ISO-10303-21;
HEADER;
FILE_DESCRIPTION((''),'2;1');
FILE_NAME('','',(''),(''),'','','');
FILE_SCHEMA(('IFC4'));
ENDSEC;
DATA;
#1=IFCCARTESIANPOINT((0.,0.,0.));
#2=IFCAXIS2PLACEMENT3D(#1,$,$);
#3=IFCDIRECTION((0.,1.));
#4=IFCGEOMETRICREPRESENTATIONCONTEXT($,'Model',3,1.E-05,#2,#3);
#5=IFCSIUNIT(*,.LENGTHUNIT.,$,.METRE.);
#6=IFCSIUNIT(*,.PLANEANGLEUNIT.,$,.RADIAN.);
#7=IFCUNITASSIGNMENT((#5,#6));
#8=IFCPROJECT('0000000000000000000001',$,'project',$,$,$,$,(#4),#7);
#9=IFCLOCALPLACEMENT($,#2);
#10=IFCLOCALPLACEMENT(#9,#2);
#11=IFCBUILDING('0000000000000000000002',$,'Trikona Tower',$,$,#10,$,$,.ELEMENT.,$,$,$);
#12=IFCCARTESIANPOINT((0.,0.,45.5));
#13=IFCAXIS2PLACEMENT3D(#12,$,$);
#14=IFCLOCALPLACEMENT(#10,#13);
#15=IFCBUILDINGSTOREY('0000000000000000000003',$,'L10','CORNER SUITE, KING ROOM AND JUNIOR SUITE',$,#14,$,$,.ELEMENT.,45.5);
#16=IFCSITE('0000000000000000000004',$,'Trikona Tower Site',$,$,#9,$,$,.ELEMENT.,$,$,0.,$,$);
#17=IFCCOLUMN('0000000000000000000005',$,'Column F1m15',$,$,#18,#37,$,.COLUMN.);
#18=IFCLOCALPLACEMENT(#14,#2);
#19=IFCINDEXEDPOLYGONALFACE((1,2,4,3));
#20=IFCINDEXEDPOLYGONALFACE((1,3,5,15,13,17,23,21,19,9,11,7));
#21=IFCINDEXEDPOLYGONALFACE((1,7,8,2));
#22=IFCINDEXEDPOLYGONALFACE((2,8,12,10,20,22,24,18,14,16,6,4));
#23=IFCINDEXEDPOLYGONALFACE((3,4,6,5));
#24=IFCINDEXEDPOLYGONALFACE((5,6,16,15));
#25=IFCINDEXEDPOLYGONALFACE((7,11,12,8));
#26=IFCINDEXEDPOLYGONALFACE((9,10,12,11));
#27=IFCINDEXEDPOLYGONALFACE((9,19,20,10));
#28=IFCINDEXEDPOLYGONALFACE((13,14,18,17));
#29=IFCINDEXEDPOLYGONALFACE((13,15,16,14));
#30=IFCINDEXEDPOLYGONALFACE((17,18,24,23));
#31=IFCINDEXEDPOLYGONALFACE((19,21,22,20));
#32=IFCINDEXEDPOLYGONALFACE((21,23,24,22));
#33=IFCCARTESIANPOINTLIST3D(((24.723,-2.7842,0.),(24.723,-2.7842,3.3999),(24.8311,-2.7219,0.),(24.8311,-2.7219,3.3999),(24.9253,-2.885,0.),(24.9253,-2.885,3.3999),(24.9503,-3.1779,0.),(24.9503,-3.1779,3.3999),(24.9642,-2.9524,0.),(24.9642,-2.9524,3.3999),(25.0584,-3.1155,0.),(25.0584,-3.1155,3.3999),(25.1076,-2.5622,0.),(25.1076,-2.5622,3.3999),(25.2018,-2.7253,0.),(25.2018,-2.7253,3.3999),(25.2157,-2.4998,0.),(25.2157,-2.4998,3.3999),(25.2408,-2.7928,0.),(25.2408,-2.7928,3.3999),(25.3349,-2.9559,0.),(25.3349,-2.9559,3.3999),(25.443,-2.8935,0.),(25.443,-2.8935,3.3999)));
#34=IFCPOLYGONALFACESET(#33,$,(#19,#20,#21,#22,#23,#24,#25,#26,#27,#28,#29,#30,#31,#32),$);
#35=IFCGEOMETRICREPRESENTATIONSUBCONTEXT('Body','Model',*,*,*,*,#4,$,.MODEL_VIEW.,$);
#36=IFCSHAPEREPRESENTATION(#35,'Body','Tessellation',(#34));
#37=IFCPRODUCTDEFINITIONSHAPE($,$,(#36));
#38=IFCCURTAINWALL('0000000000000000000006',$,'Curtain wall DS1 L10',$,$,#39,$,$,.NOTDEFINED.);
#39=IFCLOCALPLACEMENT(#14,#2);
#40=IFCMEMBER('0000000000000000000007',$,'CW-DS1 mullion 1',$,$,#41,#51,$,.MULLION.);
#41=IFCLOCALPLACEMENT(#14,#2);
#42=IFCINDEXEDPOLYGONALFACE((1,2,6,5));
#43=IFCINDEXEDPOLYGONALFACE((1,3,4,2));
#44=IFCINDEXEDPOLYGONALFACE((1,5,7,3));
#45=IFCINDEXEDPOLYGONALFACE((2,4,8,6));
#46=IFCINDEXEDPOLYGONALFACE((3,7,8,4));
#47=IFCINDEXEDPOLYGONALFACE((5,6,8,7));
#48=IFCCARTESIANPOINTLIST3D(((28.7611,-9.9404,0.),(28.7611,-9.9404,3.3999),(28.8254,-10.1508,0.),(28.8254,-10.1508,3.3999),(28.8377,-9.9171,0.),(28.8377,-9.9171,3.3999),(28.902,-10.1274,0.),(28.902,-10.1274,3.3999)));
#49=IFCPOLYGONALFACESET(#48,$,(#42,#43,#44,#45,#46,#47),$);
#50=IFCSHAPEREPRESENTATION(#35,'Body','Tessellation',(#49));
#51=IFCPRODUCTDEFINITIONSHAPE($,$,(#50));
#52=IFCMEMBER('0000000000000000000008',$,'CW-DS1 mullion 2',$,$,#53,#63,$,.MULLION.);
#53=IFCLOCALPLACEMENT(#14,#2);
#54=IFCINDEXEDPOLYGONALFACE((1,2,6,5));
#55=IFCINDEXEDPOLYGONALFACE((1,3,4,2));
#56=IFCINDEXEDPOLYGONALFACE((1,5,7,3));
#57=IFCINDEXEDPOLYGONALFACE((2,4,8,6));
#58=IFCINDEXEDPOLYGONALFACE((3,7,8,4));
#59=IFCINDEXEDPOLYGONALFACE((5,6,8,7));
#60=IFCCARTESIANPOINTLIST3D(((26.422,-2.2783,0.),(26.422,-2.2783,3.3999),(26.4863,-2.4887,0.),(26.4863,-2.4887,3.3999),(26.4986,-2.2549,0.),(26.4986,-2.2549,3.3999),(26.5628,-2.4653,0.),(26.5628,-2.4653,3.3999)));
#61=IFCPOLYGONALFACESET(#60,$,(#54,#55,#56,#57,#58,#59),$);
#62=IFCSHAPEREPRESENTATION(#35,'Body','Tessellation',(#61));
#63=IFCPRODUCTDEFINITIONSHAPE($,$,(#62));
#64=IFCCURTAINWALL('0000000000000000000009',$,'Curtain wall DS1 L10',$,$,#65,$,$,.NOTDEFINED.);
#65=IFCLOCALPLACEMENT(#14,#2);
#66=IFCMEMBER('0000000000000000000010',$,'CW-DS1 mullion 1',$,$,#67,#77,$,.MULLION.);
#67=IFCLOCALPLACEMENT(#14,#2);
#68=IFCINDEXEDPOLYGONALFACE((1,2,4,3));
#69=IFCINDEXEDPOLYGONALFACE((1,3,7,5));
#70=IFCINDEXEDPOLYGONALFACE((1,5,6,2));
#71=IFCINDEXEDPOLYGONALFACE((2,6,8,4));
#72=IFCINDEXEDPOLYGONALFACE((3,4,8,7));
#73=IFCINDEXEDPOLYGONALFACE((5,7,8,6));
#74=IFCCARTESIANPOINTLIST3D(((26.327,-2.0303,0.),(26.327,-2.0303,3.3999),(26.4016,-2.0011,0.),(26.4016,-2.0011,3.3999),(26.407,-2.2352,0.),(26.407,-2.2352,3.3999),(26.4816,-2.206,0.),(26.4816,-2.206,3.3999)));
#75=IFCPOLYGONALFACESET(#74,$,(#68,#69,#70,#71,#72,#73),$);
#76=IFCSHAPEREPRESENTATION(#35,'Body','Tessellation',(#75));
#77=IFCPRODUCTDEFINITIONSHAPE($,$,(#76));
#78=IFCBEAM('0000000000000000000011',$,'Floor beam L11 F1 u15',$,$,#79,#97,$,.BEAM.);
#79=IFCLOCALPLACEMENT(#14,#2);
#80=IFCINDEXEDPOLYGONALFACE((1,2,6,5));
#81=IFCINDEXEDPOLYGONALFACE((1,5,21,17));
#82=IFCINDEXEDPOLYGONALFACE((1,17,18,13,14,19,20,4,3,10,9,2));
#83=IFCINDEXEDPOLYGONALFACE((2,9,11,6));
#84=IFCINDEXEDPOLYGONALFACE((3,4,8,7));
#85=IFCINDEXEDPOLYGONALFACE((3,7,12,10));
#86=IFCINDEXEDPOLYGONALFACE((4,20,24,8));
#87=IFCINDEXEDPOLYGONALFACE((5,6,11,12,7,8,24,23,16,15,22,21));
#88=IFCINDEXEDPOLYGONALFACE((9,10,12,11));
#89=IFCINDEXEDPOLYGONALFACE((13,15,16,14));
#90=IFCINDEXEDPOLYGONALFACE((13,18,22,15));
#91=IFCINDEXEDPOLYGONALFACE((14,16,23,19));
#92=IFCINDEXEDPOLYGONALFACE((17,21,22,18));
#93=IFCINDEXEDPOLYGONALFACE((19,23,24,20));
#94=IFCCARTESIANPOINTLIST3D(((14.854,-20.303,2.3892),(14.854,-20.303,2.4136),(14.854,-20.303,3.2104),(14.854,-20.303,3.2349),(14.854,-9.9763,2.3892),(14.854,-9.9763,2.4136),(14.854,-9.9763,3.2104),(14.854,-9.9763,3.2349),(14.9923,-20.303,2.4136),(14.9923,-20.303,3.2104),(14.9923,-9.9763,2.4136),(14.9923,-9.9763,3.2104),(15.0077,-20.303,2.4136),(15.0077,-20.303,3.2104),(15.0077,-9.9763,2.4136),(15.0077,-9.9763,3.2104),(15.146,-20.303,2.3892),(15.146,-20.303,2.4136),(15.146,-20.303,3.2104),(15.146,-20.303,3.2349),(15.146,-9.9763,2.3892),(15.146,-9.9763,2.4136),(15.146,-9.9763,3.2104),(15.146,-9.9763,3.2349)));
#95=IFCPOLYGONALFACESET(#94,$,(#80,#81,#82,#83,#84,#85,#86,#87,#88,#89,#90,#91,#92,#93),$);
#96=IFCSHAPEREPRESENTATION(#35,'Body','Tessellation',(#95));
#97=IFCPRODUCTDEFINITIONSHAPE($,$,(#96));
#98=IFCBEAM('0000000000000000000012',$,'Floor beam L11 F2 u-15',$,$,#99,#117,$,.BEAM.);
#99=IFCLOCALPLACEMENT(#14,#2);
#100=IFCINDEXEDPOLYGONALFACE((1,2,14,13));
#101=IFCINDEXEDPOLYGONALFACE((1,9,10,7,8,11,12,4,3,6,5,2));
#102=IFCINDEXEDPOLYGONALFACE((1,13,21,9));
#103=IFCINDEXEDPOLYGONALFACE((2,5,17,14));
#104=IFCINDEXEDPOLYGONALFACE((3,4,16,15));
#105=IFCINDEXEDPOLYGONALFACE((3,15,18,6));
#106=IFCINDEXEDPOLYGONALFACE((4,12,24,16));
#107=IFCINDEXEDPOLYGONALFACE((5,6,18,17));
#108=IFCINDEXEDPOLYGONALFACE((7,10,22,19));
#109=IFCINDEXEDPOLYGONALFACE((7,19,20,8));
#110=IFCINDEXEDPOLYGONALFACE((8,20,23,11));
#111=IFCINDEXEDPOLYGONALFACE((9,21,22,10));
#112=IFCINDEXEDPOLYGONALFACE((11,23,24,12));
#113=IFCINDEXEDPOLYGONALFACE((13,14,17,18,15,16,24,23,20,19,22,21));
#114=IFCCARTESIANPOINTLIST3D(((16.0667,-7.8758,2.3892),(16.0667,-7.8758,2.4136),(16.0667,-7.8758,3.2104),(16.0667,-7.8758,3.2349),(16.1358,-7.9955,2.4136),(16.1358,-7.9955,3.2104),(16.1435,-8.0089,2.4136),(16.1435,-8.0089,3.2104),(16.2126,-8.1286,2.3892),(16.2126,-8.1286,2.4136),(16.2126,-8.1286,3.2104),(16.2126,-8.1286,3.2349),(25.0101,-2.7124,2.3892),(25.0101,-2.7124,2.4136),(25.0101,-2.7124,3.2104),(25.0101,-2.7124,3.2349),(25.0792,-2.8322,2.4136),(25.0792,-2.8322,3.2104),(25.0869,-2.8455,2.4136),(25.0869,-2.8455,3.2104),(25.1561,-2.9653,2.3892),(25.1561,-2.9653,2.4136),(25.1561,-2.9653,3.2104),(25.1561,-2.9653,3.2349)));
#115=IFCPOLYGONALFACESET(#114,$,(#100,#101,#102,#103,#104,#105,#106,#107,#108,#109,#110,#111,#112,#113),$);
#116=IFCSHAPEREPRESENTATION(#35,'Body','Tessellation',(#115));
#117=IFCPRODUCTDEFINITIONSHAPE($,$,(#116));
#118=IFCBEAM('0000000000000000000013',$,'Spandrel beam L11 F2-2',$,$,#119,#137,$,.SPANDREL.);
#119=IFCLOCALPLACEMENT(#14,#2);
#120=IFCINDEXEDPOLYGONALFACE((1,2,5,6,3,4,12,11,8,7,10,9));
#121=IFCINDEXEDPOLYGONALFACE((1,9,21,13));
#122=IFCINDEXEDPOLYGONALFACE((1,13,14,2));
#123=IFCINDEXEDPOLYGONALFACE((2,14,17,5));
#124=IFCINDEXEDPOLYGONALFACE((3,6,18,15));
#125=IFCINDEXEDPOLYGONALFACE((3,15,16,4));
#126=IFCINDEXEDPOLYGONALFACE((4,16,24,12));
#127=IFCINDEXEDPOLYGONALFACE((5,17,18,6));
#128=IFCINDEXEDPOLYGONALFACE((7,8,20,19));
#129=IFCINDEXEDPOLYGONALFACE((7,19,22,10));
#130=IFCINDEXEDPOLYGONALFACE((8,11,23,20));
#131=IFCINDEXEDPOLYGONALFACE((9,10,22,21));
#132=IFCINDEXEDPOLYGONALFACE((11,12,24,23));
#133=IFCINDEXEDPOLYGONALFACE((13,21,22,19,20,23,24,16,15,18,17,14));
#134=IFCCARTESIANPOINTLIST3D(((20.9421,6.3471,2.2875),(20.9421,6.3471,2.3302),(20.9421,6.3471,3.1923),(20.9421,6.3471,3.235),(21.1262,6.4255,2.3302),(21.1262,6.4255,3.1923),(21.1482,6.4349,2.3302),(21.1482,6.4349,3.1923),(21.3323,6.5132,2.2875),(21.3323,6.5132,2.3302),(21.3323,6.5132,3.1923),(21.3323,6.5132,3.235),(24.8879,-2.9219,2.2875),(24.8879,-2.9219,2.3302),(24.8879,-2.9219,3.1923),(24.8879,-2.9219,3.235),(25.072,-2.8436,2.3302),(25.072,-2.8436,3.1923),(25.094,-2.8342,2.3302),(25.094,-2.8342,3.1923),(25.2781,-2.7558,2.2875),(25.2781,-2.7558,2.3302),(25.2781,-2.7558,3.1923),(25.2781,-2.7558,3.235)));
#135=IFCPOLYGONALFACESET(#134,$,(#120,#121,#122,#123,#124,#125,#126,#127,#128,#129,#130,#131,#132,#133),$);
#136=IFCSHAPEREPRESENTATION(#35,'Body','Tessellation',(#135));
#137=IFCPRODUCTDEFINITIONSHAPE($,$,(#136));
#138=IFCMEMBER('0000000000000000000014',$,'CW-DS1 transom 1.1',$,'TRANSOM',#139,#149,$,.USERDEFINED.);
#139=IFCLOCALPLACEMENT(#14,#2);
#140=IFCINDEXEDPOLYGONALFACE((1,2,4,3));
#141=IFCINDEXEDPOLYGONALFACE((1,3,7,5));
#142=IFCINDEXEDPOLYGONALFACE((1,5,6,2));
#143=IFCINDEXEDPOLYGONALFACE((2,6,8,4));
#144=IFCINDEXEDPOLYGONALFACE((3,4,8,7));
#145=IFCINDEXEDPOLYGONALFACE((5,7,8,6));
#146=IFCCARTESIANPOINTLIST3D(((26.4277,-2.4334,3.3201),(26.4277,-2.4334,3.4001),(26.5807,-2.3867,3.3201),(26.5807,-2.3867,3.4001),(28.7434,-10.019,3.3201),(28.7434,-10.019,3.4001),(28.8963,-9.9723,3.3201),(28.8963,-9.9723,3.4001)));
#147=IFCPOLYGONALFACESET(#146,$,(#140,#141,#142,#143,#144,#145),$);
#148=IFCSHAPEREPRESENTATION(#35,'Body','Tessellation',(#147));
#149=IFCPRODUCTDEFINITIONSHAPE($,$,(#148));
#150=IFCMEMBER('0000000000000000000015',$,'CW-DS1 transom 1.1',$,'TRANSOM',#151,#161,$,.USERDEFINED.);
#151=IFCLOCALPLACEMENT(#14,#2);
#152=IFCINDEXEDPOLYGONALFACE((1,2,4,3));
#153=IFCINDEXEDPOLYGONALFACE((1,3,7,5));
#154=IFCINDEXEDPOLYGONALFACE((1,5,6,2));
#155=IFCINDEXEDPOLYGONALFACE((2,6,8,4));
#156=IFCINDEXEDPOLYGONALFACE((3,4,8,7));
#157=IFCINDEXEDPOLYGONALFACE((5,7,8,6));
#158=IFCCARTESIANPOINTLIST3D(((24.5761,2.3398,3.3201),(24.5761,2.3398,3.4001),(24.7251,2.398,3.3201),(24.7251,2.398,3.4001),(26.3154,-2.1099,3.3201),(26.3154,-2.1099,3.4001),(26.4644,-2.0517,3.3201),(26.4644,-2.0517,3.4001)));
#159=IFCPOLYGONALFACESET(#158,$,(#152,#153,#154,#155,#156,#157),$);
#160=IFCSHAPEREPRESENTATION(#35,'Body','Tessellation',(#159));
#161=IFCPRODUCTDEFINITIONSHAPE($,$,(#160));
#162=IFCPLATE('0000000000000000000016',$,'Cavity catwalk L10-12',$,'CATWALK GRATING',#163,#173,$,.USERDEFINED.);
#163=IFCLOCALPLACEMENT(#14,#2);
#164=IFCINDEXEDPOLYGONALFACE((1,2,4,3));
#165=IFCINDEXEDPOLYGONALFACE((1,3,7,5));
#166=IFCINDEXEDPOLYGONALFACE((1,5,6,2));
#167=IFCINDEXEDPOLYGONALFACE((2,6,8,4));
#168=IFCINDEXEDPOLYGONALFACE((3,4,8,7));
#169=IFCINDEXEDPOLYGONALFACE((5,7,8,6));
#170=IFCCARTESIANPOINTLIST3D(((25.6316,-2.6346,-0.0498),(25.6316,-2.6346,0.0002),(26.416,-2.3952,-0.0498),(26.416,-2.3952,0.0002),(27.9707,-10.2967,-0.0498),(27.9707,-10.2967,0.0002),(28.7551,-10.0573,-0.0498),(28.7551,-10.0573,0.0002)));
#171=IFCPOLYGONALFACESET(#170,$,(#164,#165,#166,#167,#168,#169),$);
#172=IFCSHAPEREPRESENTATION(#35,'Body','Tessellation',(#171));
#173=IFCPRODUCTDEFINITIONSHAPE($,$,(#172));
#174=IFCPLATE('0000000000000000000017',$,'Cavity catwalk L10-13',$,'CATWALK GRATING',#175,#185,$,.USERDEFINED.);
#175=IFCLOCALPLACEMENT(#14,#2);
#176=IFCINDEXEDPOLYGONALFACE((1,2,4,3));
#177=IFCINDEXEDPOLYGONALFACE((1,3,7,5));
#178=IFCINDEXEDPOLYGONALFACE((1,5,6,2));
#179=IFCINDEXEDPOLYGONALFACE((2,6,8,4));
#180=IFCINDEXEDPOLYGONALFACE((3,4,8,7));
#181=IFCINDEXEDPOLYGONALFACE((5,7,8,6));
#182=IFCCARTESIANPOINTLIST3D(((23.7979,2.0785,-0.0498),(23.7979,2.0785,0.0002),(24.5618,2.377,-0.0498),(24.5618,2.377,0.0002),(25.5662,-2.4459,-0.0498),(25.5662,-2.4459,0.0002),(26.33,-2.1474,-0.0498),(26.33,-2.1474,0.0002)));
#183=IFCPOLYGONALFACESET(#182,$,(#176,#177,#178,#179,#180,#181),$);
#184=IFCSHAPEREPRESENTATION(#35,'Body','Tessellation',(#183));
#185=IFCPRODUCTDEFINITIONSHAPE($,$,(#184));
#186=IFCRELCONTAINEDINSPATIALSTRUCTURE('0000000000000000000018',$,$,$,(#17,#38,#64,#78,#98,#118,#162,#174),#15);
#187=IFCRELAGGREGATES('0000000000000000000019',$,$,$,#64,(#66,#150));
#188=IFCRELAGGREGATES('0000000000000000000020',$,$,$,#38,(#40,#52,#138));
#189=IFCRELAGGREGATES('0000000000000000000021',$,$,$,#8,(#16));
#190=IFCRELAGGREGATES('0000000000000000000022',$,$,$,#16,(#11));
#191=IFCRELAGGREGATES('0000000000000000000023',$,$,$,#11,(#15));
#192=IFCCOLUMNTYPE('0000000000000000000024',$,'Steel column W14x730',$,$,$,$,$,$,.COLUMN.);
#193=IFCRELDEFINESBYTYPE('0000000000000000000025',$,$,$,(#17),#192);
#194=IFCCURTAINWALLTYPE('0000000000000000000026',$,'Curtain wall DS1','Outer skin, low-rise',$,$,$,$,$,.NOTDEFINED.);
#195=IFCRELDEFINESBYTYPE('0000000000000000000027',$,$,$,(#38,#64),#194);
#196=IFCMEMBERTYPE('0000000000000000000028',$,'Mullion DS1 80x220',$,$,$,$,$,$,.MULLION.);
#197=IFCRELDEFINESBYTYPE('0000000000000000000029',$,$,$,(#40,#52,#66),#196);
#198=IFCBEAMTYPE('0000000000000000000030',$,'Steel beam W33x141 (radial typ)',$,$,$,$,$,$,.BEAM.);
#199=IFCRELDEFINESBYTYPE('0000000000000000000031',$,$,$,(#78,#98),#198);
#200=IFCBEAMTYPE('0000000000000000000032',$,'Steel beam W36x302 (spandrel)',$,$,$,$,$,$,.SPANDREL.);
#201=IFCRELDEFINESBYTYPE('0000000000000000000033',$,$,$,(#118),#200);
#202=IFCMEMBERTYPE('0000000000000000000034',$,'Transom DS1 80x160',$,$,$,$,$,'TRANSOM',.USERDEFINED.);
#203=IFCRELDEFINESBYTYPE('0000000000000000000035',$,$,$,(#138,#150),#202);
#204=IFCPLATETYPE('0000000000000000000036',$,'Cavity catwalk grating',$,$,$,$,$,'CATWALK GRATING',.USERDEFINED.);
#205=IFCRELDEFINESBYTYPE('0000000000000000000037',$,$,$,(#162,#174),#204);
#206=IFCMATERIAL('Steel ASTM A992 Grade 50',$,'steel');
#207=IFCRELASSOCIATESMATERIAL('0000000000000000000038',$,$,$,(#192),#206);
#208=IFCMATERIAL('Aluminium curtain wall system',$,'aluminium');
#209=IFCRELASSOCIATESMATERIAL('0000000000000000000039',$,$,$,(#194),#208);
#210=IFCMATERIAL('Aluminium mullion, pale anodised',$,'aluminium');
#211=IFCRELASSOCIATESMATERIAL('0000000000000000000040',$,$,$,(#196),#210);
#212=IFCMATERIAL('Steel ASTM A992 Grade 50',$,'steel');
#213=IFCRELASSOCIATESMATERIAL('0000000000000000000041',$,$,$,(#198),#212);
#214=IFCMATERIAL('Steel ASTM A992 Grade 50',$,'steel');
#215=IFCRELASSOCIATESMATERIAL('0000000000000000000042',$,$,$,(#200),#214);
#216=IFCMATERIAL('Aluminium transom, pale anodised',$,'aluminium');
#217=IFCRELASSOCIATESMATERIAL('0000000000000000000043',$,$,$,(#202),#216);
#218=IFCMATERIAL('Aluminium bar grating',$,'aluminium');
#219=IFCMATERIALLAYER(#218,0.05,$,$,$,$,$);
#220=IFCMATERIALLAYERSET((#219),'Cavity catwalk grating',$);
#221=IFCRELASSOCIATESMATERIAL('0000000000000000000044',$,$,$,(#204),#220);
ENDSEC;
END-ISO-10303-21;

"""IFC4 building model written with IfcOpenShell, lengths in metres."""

from ifc_helpers import new_model, si_unit, direction, frame, origin, origin_2d, place, context, subcontext, project, spatial, rectangle, i_section, extrude, material, layer, layer_set, material_profile, profile_set, type_object, element, aggregate, save


model = new_model("IFC4")

# Units and contexts
model_context = context("Model", 3, precision=1e-05, world=origin(), true_north=direction((0.0, 1.0)))
body_context = subcontext(model_context, "Body", "Model", "MODEL_VIEW")
ifc_project = project(units=[si_unit("LENGTHUNIT", "METRE"), si_unit("PLANEANGLEUNIT", "RADIAN")], contexts=[model_context])

# Site, building, storey
site_placement = place(None, origin())
site = spatial("IfcSite", under=ifc_project, at=site_placement, Name="Trikona Tower Site", CompositionType="ELEMENT", RefElevation=0.0)
building_placement = place(site_placement, origin())
building = spatial("IfcBuilding", under=site, at=building_placement, Name="Trikona Tower", CompositionType="ELEMENT")
storey_placement = place(building_placement, frame((0.0, 0.0, 45.5)))
storey = spatial("IfcBuildingStorey", under=building, at=storey_placement, Name="L10", Description="CORNER SUITE, KING ROOM AND JUNIOR SUITE", CompositionType="ELEMENT", Elevation=45.5)

# Column
ifc_material_1 = material(Name="Steel ASTM A992 Grade 50", Category="steel")
ifc_material_profile_1 = material_profile(ifc_material_1, i_section(OverallWidth=0.4546, OverallDepth=0.5688, WebThickness=0.0779, FlangeThickness=0.1248, at=origin_2d()), Name="W14X730")
ifc_profile_set_1 = profile_set([ifc_material_profile_1], Name="Steel ASTM A992 Grade 50")
column_type = type_object("IfcColumnType", Name="Steel column W14x730", PredefinedType="COLUMN", material=ifc_profile_set_1)
column_placement = place(storey_placement, frame((25.083, -2.8389, 0.0), z_axis=(0.0, 0.0, 1.0), x_axis=(-0.5, 0.866025, 0.0)))
element("IfcColumn", 1, at=column_placement, inside=storey, type_object=column_type, Name="Column F1m15", PredefinedType="COLUMN", context=body_context, shape_type="SweptSolid", body=[
    extrude(i_section(OverallWidth=0.4546, OverallDepth=0.5688, WebThickness=0.0779, FlangeThickness=0.1248, at=origin_2d()), origin(), (0.0, 0.0, 1.0), 3.3999),
])

# Curtain wall, members
ifc_material_2 = material(Name="Aluminium curtain wall system", Category="aluminium")
curtain_wall_type = type_object("IfcCurtainWallType", Name="Curtain wall DS1", Description="Outer skin, low-rise", PredefinedType="NOTDEFINED", material=ifc_material_2)
curtain_wall_1_placement = place(storey_placement, origin())
curtain_wall_1 = element("IfcCurtainWall", 2, at=curtain_wall_1_placement, inside=storey, type_object=curtain_wall_type, Name="Curtain wall DS1 L10", PredefinedType="NOTDEFINED")
ifc_material_3 = material(Name="Aluminium mullion, pale anodised", Category="aluminium")
ifc_material_profile_2 = material_profile(ifc_material_3, rectangle(XDim=0.0801, YDim=0.22, at=origin_2d()), Name="MUL-DS1")
ifc_profile_set_2 = profile_set([ifc_material_profile_2], Name="Aluminium mullion, pale anodised")
member_type_1 = type_object("IfcMemberType", Name="Mullion DS1 80x220", PredefinedType="MULLION", material=ifc_profile_set_2)
member_1_placement = place(storey_placement, frame((28.8315, -10.0339, 0.0), z_axis=(0.0, 0.0, 1.0), x_axis=(-0.956423, -0.291984, 0.0)))
member_1 = element("IfcMember", 3, at=member_1_placement, type_object=member_type_1, Name="CW-DS1 mullion 1", PredefinedType="MULLION", context=body_context, shape_type="SweptSolid", body=[
    extrude(rectangle(XDim=0.0801, YDim=0.22, at=origin_2d()), origin(), (0.0, 0.0, 1.0), 3.3999),
])
member_2_placement = place(storey_placement, frame((26.4924, -2.3718, 0.0), z_axis=(0.0, 0.0, 1.0), x_axis=(-0.956423, -0.291984, 0.0)))
member_2 = element("IfcMember", 4, at=member_2_placement, type_object=member_type_1, Name="CW-DS1 mullion 2", PredefinedType="MULLION", context=body_context, shape_type="SweptSolid", body=[
    extrude(rectangle(XDim=0.0801, YDim=0.22, at=origin_2d()), origin(), (0.0, 0.0, 1.0), 3.3999),
])

# Curtain wall, member
curtain_wall_2_placement = place(storey_placement, origin())
curtain_wall_2 = element("IfcCurtainWall", 5, at=curtain_wall_2_placement, inside=storey, type_object=curtain_wall_type, Name="Curtain wall DS1 L10", PredefinedType="NOTDEFINED")
member_3_placement = place(storey_placement, frame((26.4043, -2.1182, 0.0), z_axis=(0.0, 0.0, 1.0), x_axis=(-0.931396, -0.364008, 0.0)))
member_3 = element("IfcMember", 6, at=member_3_placement, type_object=member_type_1, Name="CW-DS1 mullion 1", PredefinedType="MULLION", context=body_context, shape_type="SweptSolid", body=[
    extrude(rectangle(XDim=0.0801, YDim=0.22, at=origin_2d()), origin(), (0.0, 0.0, 1.0), 3.3999),
])

# Beams
ifc_material_4 = material(Name="Steel ASTM A992 Grade 50", Category="steel")
ifc_material_profile_3 = material_profile(ifc_material_4, i_section(OverallWidth=0.292, OverallDepth=0.8457, WebThickness=0.0154, FlangeThickness=0.0244, at=origin_2d()), Name="W33X141")
ifc_profile_set_3 = profile_set([ifc_material_profile_3], Name="Steel ASTM A992 Grade 50")
beam_type_1 = type_object("IfcBeamType", Name="Steel beam W33x141 (radial typ)", PredefinedType="BEAM", material=ifc_profile_set_3)
beam_1_placement = place(storey_placement, frame((15.0, -9.9763, 2.812), z_axis=(0.0, -1.0, 0.0), x_axis=(1.0, 0.0, 0.0)))
element("IfcBeam", 7, at=beam_1_placement, inside=storey, type_object=beam_type_1, Name="Floor beam L11 F1 u15", PredefinedType="BEAM", context=body_context, shape_type="SweptSolid", body=[
    extrude(i_section(OverallWidth=0.292, OverallDepth=0.8457, WebThickness=0.0154, FlangeThickness=0.0244, at=origin_2d()), origin(), (0.0, 0.0, 1.0), 10.3267),
])
beam_2_placement = place(storey_placement, frame((16.1396, -8.0022, 2.812), z_axis=(0.86603, 0.499991, 0.0), x_axis=(-0.499991, 0.86603, 0.0)))
element("IfcBeam", 8, at=beam_2_placement, inside=storey, type_object=beam_type_1, Name="Floor beam L11 F2 u-15", PredefinedType="BEAM", context=body_context, shape_type="SweptSolid", body=[
    extrude(i_section(OverallWidth=0.292, OverallDepth=0.8457, WebThickness=0.0154, FlangeThickness=0.0244, at=origin_2d()), origin(), (0.0, 0.0, 1.0), 10.3269),
])
ifc_material_5 = material(Name="Steel ASTM A992 Grade 50", Category="steel")
ifc_material_profile_4 = material_profile(ifc_material_5, i_section(OverallWidth=0.4241, OverallDepth=0.9475, WebThickness=0.0239, FlangeThickness=0.0427, at=origin_2d()), Name="W36X302")
ifc_profile_set_4 = profile_set([ifc_material_profile_4], Name="Steel ASTM A992 Grade 50")
beam_type_2 = type_object("IfcBeamType", Name="Steel beam W36x302 (spandrel)", PredefinedType="SPANDREL", material=ifc_profile_set_4)
beam_3_placement = place(storey_placement, frame((25.083, -2.8389, 2.7612), z_axis=(-0.391684, 0.9201, 0.0), x_axis=(-0.9201, -0.391684, 0.0)))
element("IfcBeam", 9, at=beam_3_placement, inside=storey, type_object=beam_type_2, Name="Spandrel beam L11 F2-2", PredefinedType="SPANDREL", context=body_context, shape_type="SweptSolid", body=[
    extrude(i_section(OverallWidth=0.4241, OverallDepth=0.9475, WebThickness=0.0239, FlangeThickness=0.0427, at=origin_2d()), origin(), (0.0, 0.0, 1.0), 10.074),
])

# Members
ifc_material_6 = material(Name="Aluminium transom, pale anodised", Category="aluminium")
ifc_material_profile_5 = material_profile(ifc_material_6, rectangle(XDim=0.1599, YDim=0.0801, at=origin_2d()), Name="TRN-DS1")
ifc_profile_set_5 = profile_set([ifc_material_profile_5], Name="Aluminium transom, pale anodised")
member_type_2 = type_object("IfcMemberType", Name="Transom DS1 80x160", ElementType="TRANSOM", PredefinedType="USERDEFINED", material=ifc_profile_set_5)
member_4_placement = place(storey_placement, frame((28.8198, -9.9956, 3.3601), z_axis=(-0.291967, 0.956428, 0.0), x_axis=(-0.956428, -0.291967, 0.0)))
member_4 = element("IfcMember", 10, at=member_4_placement, type_object=member_type_2, Name="CW-DS1 transom 1.1", ObjectType="TRANSOM", PredefinedType="USERDEFINED", context=body_context, shape_type="SweptSolid", body=[
    extrude(rectangle(XDim=0.1599, YDim=0.0801, at=origin_2d()), origin(), (0.0, 0.0, 1.0), 7.9312),
])
member_5_placement = place(storey_placement, frame((26.3899, -2.0808, 3.3601), z_axis=(-0.364049, 0.93138, 0.0), x_axis=(-0.93138, -0.364049, 0.0)))
member_5 = element("IfcMember", 11, at=member_5_placement, type_object=member_type_2, Name="CW-DS1 transom 1.1", ObjectType="TRANSOM", PredefinedType="USERDEFINED", context=body_context, shape_type="SweptSolid", body=[
    extrude(rectangle(XDim=0.1599, YDim=0.0801, at=origin_2d()), origin(), (0.0, 0.0, 1.0), 4.7776),
])
aggregate(curtain_wall_2, [member_3, member_5])

# Plates
ifc_material_7 = material(Name="Aluminium bar grating", Category="aluminium")
ifc_layer_1 = layer(ifc_material_7, 0.05)
ifc_layer_set_1 = layer_set([ifc_layer_1], Name="Cavity catwalk grating")
plate_type_1 = type_object("IfcPlateType", Name="Cavity catwalk grating", ElementType="CATWALK GRATING", PredefinedType="USERDEFINED", material=ifc_layer_set_1)
plate_1_placement = place(storey_placement, frame((27.1934, -6.3459, -0.0498), z_axis=(0.0, 0.0, 1.0), x_axis=(-0.291979, 0.956425, 0.0)))
element("IfcPlate", 12, at=plate_1_placement, inside=storey, type_object=plate_type_1, Name="Cavity catwalk L10-12", ObjectType="CATWALK GRATING", PredefinedType="USERDEFINED", context=body_context, shape_type="SweptSolid", body=[
    extrude(rectangle(XDim=8.0112, YDim=0.8201, at=origin_2d()), origin(), (0.0, 0.0, 1.0), 0.05),
])
plate_2_placement = place(storey_placement, frame((25.064, -0.0344, -0.0498), z_axis=(0.0, 0.0, 1.0), x_axis=(-0.364009, 0.931395, 0.0)))
element("IfcPlate", 13, at=plate_2_placement, inside=storey, type_object=plate_type_1, Name="Cavity catwalk L10-13", ObjectType="CATWALK GRATING", PredefinedType="USERDEFINED", context=body_context, shape_type="SweptSolid", body=[
    extrude(rectangle(XDim=4.8577, YDim=0.8201, at=origin_2d()), origin(), (0.0, 0.0, 1.0), 0.05),
])

aggregate(curtain_wall_1, [member_1, member_2, member_4])

save(model, "model.ifc")
